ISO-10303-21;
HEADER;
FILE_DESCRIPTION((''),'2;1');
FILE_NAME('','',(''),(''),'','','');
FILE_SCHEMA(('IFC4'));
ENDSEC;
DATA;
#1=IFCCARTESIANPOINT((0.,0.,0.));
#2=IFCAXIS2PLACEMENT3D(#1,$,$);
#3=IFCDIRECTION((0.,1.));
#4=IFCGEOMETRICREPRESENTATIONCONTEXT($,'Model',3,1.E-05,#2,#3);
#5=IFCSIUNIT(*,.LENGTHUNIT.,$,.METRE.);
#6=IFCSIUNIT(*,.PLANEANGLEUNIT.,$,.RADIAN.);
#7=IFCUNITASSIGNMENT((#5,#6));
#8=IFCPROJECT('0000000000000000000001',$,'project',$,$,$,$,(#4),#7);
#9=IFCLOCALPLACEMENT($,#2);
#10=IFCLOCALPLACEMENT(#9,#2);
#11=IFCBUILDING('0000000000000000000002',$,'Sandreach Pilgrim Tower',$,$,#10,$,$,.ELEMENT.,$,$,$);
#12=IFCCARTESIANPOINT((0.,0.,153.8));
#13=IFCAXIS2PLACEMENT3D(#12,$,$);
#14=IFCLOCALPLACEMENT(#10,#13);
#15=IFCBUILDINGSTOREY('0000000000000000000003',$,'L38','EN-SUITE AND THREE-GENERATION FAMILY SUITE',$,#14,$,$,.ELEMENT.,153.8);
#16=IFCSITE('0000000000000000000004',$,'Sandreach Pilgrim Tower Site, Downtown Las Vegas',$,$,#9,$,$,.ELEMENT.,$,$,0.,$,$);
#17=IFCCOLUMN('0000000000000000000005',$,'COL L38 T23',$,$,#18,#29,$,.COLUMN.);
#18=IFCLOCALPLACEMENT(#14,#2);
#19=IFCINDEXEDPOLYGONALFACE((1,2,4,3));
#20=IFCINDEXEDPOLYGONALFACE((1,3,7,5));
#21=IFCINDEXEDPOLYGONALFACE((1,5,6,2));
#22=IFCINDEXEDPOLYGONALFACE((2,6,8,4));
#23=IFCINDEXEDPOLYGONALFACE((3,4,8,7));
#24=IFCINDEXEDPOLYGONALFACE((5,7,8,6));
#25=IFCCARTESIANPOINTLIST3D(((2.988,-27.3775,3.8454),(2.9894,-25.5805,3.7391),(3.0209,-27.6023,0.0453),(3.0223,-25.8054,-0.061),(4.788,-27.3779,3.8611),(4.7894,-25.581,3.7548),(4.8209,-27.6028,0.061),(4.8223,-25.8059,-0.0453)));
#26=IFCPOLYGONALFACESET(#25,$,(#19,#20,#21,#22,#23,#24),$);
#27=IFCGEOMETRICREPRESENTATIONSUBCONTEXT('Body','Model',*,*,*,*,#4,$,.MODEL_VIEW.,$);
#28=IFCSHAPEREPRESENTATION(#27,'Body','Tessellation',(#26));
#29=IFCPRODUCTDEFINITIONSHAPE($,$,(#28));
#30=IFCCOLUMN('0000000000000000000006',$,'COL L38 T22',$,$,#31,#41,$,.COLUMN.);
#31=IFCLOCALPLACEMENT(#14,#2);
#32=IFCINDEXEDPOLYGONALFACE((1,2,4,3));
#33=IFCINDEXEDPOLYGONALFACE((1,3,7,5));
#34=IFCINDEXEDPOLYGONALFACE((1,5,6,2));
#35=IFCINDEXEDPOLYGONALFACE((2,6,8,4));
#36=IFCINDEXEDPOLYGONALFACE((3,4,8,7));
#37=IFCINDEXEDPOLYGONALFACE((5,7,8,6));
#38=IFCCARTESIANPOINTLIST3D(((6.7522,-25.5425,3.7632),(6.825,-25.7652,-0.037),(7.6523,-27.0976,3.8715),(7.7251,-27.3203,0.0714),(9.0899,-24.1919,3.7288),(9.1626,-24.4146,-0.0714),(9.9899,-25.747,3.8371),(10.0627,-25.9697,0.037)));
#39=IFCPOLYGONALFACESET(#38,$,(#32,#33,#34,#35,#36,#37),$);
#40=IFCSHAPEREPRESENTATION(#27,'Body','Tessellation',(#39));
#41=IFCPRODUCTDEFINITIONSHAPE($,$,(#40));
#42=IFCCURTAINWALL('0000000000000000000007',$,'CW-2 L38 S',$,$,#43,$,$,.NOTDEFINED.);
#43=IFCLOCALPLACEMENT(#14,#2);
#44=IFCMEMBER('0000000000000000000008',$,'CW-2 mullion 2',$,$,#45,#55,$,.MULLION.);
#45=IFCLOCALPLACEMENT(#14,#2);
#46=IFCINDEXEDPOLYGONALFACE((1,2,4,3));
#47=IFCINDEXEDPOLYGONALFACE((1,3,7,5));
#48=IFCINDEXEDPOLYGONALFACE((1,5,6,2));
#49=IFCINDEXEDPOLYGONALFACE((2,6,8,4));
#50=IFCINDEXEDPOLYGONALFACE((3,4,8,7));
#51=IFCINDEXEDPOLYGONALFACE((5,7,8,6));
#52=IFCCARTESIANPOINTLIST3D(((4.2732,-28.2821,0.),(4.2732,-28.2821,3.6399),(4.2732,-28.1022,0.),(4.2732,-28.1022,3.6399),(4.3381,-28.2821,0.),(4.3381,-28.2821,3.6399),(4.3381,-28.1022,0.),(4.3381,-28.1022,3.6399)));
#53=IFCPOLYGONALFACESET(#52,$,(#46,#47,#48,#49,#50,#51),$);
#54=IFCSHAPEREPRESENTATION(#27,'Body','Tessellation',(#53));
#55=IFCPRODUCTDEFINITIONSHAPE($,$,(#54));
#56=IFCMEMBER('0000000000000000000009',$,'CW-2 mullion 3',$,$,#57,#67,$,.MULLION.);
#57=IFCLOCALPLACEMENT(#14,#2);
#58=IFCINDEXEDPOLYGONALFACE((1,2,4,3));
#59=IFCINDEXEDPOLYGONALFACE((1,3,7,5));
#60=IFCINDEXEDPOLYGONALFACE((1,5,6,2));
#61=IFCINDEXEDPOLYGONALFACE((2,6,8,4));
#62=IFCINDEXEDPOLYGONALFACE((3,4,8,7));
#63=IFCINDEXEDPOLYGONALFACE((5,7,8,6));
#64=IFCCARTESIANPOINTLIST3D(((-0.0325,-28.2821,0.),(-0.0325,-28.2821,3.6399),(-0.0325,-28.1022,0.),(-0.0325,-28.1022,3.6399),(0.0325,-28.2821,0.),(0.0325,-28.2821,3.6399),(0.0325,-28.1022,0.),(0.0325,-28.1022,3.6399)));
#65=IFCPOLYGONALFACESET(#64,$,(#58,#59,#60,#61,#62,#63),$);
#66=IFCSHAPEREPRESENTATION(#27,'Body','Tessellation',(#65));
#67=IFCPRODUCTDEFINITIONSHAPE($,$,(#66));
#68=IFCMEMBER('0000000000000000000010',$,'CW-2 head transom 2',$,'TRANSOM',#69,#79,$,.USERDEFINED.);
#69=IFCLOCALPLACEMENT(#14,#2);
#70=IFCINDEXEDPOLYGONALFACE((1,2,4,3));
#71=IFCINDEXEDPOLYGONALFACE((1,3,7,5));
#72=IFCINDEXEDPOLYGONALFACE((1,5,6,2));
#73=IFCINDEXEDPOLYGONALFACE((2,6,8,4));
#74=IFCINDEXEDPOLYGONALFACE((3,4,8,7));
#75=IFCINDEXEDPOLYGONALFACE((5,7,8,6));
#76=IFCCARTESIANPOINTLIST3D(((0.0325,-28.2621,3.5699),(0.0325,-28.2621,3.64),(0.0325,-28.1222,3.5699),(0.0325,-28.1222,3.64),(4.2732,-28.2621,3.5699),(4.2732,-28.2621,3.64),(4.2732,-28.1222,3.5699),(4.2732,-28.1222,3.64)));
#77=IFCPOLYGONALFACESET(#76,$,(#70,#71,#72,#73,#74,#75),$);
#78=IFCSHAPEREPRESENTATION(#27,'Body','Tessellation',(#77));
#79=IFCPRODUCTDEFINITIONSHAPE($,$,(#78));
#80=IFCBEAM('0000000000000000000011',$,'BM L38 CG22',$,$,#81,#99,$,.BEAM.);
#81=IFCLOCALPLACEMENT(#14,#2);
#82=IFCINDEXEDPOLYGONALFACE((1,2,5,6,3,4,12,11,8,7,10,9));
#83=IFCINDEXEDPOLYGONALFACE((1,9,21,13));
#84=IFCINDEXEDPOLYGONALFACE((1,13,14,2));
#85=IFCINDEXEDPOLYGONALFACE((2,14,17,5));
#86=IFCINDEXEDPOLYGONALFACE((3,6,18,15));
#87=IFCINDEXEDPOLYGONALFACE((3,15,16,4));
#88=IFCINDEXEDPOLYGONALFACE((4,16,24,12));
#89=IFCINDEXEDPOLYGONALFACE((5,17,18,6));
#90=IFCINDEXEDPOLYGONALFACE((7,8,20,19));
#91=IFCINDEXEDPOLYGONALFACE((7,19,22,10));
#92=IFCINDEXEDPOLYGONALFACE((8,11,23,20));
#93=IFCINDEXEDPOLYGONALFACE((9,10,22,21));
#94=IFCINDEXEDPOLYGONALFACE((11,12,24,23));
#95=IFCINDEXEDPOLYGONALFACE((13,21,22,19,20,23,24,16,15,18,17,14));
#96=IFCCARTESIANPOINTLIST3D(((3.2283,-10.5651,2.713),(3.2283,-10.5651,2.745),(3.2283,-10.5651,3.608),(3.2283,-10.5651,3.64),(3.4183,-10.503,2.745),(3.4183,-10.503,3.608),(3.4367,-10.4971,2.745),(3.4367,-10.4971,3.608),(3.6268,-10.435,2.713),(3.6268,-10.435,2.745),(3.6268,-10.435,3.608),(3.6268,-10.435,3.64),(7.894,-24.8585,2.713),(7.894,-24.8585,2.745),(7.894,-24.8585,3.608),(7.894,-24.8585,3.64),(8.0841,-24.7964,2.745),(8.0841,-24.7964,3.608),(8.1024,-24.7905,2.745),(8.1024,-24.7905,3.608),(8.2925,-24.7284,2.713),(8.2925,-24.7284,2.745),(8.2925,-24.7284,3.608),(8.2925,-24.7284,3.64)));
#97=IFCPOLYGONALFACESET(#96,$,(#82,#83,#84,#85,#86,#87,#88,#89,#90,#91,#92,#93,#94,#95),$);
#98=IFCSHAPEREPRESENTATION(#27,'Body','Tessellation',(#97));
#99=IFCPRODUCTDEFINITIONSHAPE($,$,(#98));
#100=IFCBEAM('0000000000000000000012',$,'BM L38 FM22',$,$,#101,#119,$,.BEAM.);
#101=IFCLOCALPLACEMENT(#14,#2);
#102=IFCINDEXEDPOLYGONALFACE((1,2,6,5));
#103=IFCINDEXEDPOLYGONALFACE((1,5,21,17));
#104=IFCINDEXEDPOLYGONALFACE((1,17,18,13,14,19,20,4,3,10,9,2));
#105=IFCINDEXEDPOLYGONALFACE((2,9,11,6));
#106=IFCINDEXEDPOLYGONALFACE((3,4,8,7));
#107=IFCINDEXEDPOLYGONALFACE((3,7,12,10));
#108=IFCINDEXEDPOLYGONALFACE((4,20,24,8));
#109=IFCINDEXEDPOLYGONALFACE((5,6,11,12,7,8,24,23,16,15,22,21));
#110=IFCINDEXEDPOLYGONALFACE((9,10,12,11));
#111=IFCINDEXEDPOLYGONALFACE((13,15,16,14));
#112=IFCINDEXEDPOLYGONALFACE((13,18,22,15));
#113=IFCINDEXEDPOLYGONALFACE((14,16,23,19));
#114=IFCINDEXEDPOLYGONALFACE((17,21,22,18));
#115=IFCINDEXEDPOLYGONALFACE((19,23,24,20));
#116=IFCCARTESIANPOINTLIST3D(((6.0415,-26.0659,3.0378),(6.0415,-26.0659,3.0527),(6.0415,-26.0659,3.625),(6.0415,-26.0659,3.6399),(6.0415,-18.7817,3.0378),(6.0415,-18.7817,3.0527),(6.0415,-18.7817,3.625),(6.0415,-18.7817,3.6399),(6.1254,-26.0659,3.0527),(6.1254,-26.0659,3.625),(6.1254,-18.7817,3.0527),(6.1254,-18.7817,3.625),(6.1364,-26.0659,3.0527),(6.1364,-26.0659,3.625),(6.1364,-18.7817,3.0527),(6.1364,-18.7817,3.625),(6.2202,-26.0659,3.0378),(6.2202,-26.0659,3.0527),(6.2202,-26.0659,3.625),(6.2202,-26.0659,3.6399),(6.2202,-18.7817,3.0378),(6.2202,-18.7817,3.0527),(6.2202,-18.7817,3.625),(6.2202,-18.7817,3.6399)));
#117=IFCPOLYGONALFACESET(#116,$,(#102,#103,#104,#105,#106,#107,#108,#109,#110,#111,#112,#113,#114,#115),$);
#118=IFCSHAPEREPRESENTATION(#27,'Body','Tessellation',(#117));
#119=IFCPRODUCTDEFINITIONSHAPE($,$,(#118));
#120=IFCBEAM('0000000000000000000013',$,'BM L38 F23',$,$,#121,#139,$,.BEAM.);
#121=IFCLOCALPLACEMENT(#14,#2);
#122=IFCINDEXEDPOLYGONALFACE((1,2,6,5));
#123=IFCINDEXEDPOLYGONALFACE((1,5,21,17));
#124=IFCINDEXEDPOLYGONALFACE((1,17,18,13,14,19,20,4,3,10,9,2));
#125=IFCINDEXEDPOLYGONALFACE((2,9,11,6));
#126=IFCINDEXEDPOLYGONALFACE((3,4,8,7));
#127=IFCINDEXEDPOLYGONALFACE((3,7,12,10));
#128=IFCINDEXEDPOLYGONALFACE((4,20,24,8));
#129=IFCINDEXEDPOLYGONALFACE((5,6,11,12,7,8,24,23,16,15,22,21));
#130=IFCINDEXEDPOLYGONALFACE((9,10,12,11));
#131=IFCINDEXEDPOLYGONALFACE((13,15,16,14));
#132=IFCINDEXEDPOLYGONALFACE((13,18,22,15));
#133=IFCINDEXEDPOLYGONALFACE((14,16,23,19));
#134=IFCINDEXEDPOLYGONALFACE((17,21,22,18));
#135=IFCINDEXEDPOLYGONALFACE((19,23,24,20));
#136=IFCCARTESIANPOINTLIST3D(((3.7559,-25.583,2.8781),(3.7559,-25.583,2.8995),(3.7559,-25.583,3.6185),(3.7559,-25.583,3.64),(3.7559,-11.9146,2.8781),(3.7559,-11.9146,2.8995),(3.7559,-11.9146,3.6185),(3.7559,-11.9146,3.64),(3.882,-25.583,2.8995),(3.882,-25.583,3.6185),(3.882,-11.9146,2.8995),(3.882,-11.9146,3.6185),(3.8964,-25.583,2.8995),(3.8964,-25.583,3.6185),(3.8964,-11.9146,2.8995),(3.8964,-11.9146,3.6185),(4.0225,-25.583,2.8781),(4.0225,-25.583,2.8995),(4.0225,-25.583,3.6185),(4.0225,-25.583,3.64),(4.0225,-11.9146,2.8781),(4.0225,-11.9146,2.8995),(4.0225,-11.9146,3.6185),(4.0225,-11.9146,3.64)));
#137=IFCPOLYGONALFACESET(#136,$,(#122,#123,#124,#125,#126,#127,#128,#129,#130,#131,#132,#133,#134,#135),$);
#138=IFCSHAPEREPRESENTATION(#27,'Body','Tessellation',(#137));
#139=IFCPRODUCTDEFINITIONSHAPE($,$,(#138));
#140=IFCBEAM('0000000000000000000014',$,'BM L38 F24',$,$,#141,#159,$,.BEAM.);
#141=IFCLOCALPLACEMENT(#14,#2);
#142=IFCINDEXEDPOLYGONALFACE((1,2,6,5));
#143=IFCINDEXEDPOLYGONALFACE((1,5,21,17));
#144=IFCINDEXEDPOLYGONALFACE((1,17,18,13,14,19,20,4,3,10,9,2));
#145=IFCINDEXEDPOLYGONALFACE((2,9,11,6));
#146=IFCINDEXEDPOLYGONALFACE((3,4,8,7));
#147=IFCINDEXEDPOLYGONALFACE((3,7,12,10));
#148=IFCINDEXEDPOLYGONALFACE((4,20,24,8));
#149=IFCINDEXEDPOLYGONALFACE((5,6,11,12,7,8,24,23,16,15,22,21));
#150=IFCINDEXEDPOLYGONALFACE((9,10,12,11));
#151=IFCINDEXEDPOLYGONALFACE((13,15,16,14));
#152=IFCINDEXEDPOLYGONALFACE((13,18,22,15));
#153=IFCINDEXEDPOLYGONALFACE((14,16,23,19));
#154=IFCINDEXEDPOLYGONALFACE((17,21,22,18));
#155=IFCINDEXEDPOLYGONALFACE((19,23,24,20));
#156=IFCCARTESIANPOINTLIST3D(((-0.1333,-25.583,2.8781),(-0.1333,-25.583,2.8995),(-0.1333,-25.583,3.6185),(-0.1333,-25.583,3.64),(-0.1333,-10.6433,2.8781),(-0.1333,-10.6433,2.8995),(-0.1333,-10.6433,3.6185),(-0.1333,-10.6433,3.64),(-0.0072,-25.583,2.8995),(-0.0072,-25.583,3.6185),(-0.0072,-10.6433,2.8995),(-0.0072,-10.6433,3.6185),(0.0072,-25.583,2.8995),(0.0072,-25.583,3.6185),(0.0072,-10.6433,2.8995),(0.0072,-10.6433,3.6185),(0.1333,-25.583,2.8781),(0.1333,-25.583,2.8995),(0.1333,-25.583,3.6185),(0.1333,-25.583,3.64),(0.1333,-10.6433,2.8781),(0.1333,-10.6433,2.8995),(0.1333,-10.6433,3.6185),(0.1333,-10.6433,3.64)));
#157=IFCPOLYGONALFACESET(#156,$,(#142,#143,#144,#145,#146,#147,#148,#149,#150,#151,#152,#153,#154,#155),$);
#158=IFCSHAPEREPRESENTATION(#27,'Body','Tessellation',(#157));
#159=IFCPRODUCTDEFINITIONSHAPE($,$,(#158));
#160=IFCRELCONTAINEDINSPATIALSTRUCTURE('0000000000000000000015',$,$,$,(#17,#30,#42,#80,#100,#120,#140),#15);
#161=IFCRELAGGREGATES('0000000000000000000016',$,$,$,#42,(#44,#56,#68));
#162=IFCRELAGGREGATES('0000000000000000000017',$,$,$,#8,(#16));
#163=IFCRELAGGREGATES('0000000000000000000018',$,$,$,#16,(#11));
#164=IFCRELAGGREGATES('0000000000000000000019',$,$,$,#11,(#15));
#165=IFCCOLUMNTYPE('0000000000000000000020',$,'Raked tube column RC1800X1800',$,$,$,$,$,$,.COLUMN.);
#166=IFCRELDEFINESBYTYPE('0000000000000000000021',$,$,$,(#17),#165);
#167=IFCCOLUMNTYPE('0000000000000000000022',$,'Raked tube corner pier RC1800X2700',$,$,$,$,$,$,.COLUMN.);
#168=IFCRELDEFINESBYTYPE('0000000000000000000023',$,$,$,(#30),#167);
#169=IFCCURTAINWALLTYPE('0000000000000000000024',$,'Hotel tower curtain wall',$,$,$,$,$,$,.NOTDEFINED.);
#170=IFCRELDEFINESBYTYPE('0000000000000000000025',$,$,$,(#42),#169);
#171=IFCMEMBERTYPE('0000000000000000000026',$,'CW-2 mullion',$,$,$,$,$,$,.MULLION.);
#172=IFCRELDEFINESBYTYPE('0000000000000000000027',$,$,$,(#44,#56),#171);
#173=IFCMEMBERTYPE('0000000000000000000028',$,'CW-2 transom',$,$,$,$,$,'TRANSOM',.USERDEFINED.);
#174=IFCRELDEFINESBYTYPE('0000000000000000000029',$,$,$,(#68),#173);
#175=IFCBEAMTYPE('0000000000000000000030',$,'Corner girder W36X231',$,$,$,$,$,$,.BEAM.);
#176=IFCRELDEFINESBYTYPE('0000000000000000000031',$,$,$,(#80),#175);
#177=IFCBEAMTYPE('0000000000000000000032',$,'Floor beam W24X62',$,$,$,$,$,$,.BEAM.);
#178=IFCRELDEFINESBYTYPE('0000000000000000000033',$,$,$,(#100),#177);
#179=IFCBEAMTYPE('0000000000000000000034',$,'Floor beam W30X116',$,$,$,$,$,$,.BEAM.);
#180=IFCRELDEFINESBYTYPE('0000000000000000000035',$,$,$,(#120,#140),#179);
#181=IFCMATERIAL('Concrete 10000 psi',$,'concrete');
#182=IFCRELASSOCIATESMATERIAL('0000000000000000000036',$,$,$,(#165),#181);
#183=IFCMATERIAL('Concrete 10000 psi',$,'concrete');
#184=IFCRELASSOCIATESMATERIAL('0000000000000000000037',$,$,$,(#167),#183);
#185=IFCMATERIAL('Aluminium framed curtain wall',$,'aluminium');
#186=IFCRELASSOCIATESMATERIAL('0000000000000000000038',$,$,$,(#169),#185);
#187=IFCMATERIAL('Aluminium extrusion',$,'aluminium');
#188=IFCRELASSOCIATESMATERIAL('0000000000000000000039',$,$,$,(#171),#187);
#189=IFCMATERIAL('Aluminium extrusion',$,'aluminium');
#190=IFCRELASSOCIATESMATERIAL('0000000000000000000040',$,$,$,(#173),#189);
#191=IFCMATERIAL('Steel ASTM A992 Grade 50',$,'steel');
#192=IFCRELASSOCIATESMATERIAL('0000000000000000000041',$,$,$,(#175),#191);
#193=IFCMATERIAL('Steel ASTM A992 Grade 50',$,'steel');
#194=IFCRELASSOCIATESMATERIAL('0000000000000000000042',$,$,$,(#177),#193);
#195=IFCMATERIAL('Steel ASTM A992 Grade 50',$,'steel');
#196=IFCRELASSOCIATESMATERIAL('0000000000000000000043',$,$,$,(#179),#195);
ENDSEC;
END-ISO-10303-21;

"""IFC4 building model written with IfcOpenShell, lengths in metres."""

from ifc_helpers import new_model, si_unit, direction, frame, origin, origin_2d, place, context, subcontext, project, spatial, rectangle, i_section, extrude, material, material_profile, profile_set, type_object, element, aggregate, save


model = new_model("IFC4")

# Units and contexts
model_context = context("Model", 3, precision=1e-05, world=origin(), true_north=direction((0.0, 1.0)))
body_context = subcontext(model_context, "Body", "Model", "MODEL_VIEW")
ifc_project = project(units=[si_unit("LENGTHUNIT", "METRE"), si_unit("PLANEANGLEUNIT", "RADIAN")], contexts=[model_context])

# Site, building, storey
site_placement = place(None, origin())
site = spatial("IfcSite", under=ifc_project, at=site_placement, Name="Sandreach Pilgrim Tower Site, Downtown Las Vegas", CompositionType="ELEMENT", RefElevation=0.0)
building_placement = place(site_placement, origin())
building = spatial("IfcBuilding", under=site, at=building_placement, Name="Sandreach Pilgrim Tower", CompositionType="ELEMENT")
storey_placement = place(building_placement, frame((0.0, 0.0, 153.8)))
storey = spatial("IfcBuildingStorey", under=building, at=storey_placement, Name="L38", Description="EN-SUITE AND THREE-GENERATION FAMILY SUITE", CompositionType="ELEMENT", Elevation=153.8)

# Columns
ifc_material_1 = material(Name="Concrete 10000 psi", Category="concrete")
ifc_material_profile_1 = material_profile(ifc_material_1, rectangle(XDim=1.8, YDim=1.8, at=origin_2d()), Name="RC1800X1800")
ifc_profile_set_1 = profile_set([ifc_material_profile_1], Name="Concrete 10000 psi")
column_type_1 = type_object("IfcColumnType", Name="Raked tube column RC1800X1800", PredefinedType="COLUMN", material=ifc_profile_set_1)
column_1_placement = place(storey_placement, frame((3.9216, -26.7041, 0.0), z_axis=(-0.008658, 0.059066, 0.998217), x_axis=(-0.000785, -0.998254, 0.059061)))
element("IfcColumn", 1, at=column_1_placement, inside=storey, type_object=column_type_1, Name="COL L38 T23", PredefinedType="COLUMN", context=body_context, shape_type="SweptSolid", body=[
    extrude(rectangle(XDim=1.8, YDim=1.8, at=origin_2d()), origin(), (0.0, 0.0, 1.0), 3.8069),
])
ifc_material_2 = material(Name="Concrete 10000 psi", Category="concrete")
ifc_material_profile_2 = material_profile(ifc_material_2, rectangle(XDim=1.8, YDim=2.7, at=origin_2d()), Name="RC1800X2700")
ifc_profile_set_2 = profile_set([ifc_material_profile_2], Name="Concrete 10000 psi")
column_type_2 = type_object("IfcColumnType", Name="Raked tube corner pier RC1800X2700", PredefinedType="COLUMN", material=ifc_profile_set_2)
column_2_placement = place(storey_placement, frame((8.4438, -25.8674, 0.0), z_axis=(-0.019109, 0.058482, 0.998106), x_axis=(0.500013, -0.863924, 0.060193)))
element("IfcColumn", 2, at=column_2_placement, inside=storey, type_object=column_type_2, Name="COL L38 T22", PredefinedType="COLUMN", context=body_context, shape_type="SweptSolid", body=[
    extrude(rectangle(XDim=1.8, YDim=2.7, at=origin_2d()), origin(), (0.0, 0.0, 1.0), 3.8074),
])

# Curtain wall, members
ifc_material_3 = material(Name="Aluminium framed curtain wall", Category="aluminium")
curtain_wall_type = type_object("IfcCurtainWallType", Name="Hotel tower curtain wall", PredefinedType="NOTDEFINED", material=ifc_material_3)
curtain_wall_placement = place(storey_placement, origin())
curtain_wall = element("IfcCurtainWall", 3, at=curtain_wall_placement, inside=storey, type_object=curtain_wall_type, Name="CW-2 L38 S", PredefinedType="NOTDEFINED")
ifc_material_4 = material(Name="Aluminium extrusion", Category="aluminium")
ifc_material_profile_3 = material_profile(ifc_material_4, rectangle(XDim=0.0649, YDim=0.1799, at=origin_2d()), Name="CW-2M 65X180")
ifc_profile_set_3 = profile_set([ifc_material_profile_3], Name="Aluminium extrusion")
member_type_1 = type_object("IfcMemberType", Name="CW-2 mullion", PredefinedType="MULLION", material=ifc_profile_set_3)
member_1_placement = place(storey_placement, frame((4.3057, -28.1921, 0.0), z_axis=(0.0, 0.0, 1.0), x_axis=(-1.0, 0.0, 0.0)))
member_1 = element("IfcMember", 4, at=member_1_placement, type_object=member_type_1, Name="CW-2 mullion 2", PredefinedType="MULLION", context=body_context, shape_type="SweptSolid", body=[
    extrude(rectangle(XDim=0.0649, YDim=0.1799, at=origin_2d()), origin(), (0.0, 0.0, 1.0), 3.6399),
])
member_2_placement = place(storey_placement, frame((0.0, -28.1921, 0.0), z_axis=(0.0, 0.0, 1.0), x_axis=(-1.0, 0.0, 0.0)))
member_2 = element("IfcMember", 5, at=member_2_placement, type_object=member_type_1, Name="CW-2 mullion 3", PredefinedType="MULLION", context=body_context, shape_type="SweptSolid", body=[
    extrude(rectangle(XDim=0.0649, YDim=0.1799, at=origin_2d()), origin(), (0.0, 0.0, 1.0), 3.6399),
])
ifc_material_5 = material(Name="Aluminium extrusion", Category="aluminium")
ifc_material_profile_4 = material_profile(ifc_material_5, rectangle(XDim=0.1399, YDim=0.0701, at=origin_2d()), Name="CW-2T 140X70")
ifc_profile_set_4 = profile_set([ifc_material_profile_4], Name="Aluminium extrusion")
member_type_2 = type_object("IfcMemberType", Name="CW-2 transom", ElementType="TRANSOM", PredefinedType="USERDEFINED", material=ifc_profile_set_4)
member_3_placement = place(storey_placement, frame((4.2732, -28.1921, 3.605), z_axis=(-1.0, 0.0, 0.0), x_axis=(0.0, -1.0, 0.0)))
member_3 = element("IfcMember", 6, at=member_3_placement, type_object=member_type_2, Name="CW-2 head transom 2", ObjectType="TRANSOM", PredefinedType="USERDEFINED", context=body_context, shape_type="SweptSolid", body=[
    extrude(rectangle(XDim=0.1399, YDim=0.0701, at=origin_2d()), origin(), (0.0, 0.0, 1.0), 4.2407),
])

# Beams
ifc_material_6 = material(Name="Steel ASTM A992 Grade 50", Category="steel")
ifc_material_profile_5 = material_profile(ifc_material_6, i_section(OverallWidth=0.4192, OverallDepth=0.927, WebThickness=0.0193, FlangeThickness=0.032, at=origin_2d()), Name="W36X231")
ifc_profile_set_5 = profile_set([ifc_material_profile_5], Name="Steel ASTM A992 Grade 50")
beam_type_1 = type_object("IfcBeamType", Name="Corner girder W36X231", PredefinedType="BEAM", material=ifc_profile_set_5)
beam_1_placement = place(storey_placement, frame((8.0933, -24.7935, 3.1765), z_axis=(-0.310313, 0.950634, 0.0), x_axis=(-0.950634, -0.310313, 0.0)))
element("IfcBeam", 7, at=beam_1_placement, inside=storey, type_object=beam_type_1, Name="BM L38 CG22", PredefinedType="BEAM", context=body_context, shape_type="SweptSolid", body=[
    extrude(i_section(OverallWidth=0.4192, OverallDepth=0.927, WebThickness=0.0193, FlangeThickness=0.032, at=origin_2d()), origin(), (0.0, 0.0, 1.0), 15.0356),
])
ifc_material_7 = material(Name="Steel ASTM A992 Grade 50", Category="steel")
ifc_material_profile_6 = material_profile(ifc_material_7, i_section(OverallWidth=0.1787, OverallDepth=0.6021, WebThickness=0.011, FlangeThickness=0.0149, at=origin_2d()), Name="W24X62")
ifc_profile_set_6 = profile_set([ifc_material_profile_6], Name="Steel ASTM A992 Grade 50")
beam_type_2 = type_object("IfcBeamType", Name="Floor beam W24X62", PredefinedType="BEAM", material=ifc_profile_set_6)
beam_2_placement = place(storey_placement, frame((6.1309, -26.0659, 3.3389), z_axis=(0.0, 1.0, 0.0), x_axis=(-1.0, 0.0, 0.0)))
element("IfcBeam", 8, at=beam_2_placement, inside=storey, type_object=beam_type_2, Name="BM L38 FM22", PredefinedType="BEAM", context=body_context, shape_type="SweptSolid", body=[
    extrude(i_section(OverallWidth=0.1787, OverallDepth=0.6021, WebThickness=0.011, FlangeThickness=0.0149, at=origin_2d()), origin(), (0.0, 0.0, 1.0), 7.2842),
])
ifc_material_8 = material(Name="Steel ASTM A992 Grade 50", Category="steel")
ifc_material_profile_7 = material_profile(ifc_material_8, i_section(OverallWidth=0.2666, OverallDepth=0.762, WebThickness=0.0144, FlangeThickness=0.0215, at=origin_2d()), Name="W30X116")
ifc_profile_set_7 = profile_set([ifc_material_profile_7], Name="Steel ASTM A992 Grade 50")
beam_type_3 = type_object("IfcBeamType", Name="Floor beam W30X116", PredefinedType="BEAM", material=ifc_profile_set_7)
beam_3_placement = place(storey_placement, frame((3.8892, -25.583, 3.259), z_axis=(0.0, 1.0, 0.0), x_axis=(-1.0, 0.0, 0.0)))
element("IfcBeam", 9, at=beam_3_placement, inside=storey, type_object=beam_type_3, Name="BM L38 F23", PredefinedType="BEAM", context=body_context, shape_type="SweptSolid", body=[
    extrude(i_section(OverallWidth=0.2666, OverallDepth=0.762, WebThickness=0.0144, FlangeThickness=0.0215, at=origin_2d()), origin(), (0.0, 0.0, 1.0), 13.6685),
])
beam_4_placement = place(storey_placement, frame((0.0, -25.583, 3.259), z_axis=(0.0, 1.0, 0.0), x_axis=(-1.0, 0.0, 0.0)))
element("IfcBeam", 10, at=beam_4_placement, inside=storey, type_object=beam_type_3, Name="BM L38 F24", PredefinedType="BEAM", context=body_context, shape_type="SweptSolid", body=[
    extrude(i_section(OverallWidth=0.2666, OverallDepth=0.762, WebThickness=0.0144, FlangeThickness=0.0215, at=origin_2d()), origin(), (0.0, 0.0, 1.0), 14.9397),
])

aggregate(curtain_wall, [member_1, member_2, member_3])

save(model, "model.ifc")
